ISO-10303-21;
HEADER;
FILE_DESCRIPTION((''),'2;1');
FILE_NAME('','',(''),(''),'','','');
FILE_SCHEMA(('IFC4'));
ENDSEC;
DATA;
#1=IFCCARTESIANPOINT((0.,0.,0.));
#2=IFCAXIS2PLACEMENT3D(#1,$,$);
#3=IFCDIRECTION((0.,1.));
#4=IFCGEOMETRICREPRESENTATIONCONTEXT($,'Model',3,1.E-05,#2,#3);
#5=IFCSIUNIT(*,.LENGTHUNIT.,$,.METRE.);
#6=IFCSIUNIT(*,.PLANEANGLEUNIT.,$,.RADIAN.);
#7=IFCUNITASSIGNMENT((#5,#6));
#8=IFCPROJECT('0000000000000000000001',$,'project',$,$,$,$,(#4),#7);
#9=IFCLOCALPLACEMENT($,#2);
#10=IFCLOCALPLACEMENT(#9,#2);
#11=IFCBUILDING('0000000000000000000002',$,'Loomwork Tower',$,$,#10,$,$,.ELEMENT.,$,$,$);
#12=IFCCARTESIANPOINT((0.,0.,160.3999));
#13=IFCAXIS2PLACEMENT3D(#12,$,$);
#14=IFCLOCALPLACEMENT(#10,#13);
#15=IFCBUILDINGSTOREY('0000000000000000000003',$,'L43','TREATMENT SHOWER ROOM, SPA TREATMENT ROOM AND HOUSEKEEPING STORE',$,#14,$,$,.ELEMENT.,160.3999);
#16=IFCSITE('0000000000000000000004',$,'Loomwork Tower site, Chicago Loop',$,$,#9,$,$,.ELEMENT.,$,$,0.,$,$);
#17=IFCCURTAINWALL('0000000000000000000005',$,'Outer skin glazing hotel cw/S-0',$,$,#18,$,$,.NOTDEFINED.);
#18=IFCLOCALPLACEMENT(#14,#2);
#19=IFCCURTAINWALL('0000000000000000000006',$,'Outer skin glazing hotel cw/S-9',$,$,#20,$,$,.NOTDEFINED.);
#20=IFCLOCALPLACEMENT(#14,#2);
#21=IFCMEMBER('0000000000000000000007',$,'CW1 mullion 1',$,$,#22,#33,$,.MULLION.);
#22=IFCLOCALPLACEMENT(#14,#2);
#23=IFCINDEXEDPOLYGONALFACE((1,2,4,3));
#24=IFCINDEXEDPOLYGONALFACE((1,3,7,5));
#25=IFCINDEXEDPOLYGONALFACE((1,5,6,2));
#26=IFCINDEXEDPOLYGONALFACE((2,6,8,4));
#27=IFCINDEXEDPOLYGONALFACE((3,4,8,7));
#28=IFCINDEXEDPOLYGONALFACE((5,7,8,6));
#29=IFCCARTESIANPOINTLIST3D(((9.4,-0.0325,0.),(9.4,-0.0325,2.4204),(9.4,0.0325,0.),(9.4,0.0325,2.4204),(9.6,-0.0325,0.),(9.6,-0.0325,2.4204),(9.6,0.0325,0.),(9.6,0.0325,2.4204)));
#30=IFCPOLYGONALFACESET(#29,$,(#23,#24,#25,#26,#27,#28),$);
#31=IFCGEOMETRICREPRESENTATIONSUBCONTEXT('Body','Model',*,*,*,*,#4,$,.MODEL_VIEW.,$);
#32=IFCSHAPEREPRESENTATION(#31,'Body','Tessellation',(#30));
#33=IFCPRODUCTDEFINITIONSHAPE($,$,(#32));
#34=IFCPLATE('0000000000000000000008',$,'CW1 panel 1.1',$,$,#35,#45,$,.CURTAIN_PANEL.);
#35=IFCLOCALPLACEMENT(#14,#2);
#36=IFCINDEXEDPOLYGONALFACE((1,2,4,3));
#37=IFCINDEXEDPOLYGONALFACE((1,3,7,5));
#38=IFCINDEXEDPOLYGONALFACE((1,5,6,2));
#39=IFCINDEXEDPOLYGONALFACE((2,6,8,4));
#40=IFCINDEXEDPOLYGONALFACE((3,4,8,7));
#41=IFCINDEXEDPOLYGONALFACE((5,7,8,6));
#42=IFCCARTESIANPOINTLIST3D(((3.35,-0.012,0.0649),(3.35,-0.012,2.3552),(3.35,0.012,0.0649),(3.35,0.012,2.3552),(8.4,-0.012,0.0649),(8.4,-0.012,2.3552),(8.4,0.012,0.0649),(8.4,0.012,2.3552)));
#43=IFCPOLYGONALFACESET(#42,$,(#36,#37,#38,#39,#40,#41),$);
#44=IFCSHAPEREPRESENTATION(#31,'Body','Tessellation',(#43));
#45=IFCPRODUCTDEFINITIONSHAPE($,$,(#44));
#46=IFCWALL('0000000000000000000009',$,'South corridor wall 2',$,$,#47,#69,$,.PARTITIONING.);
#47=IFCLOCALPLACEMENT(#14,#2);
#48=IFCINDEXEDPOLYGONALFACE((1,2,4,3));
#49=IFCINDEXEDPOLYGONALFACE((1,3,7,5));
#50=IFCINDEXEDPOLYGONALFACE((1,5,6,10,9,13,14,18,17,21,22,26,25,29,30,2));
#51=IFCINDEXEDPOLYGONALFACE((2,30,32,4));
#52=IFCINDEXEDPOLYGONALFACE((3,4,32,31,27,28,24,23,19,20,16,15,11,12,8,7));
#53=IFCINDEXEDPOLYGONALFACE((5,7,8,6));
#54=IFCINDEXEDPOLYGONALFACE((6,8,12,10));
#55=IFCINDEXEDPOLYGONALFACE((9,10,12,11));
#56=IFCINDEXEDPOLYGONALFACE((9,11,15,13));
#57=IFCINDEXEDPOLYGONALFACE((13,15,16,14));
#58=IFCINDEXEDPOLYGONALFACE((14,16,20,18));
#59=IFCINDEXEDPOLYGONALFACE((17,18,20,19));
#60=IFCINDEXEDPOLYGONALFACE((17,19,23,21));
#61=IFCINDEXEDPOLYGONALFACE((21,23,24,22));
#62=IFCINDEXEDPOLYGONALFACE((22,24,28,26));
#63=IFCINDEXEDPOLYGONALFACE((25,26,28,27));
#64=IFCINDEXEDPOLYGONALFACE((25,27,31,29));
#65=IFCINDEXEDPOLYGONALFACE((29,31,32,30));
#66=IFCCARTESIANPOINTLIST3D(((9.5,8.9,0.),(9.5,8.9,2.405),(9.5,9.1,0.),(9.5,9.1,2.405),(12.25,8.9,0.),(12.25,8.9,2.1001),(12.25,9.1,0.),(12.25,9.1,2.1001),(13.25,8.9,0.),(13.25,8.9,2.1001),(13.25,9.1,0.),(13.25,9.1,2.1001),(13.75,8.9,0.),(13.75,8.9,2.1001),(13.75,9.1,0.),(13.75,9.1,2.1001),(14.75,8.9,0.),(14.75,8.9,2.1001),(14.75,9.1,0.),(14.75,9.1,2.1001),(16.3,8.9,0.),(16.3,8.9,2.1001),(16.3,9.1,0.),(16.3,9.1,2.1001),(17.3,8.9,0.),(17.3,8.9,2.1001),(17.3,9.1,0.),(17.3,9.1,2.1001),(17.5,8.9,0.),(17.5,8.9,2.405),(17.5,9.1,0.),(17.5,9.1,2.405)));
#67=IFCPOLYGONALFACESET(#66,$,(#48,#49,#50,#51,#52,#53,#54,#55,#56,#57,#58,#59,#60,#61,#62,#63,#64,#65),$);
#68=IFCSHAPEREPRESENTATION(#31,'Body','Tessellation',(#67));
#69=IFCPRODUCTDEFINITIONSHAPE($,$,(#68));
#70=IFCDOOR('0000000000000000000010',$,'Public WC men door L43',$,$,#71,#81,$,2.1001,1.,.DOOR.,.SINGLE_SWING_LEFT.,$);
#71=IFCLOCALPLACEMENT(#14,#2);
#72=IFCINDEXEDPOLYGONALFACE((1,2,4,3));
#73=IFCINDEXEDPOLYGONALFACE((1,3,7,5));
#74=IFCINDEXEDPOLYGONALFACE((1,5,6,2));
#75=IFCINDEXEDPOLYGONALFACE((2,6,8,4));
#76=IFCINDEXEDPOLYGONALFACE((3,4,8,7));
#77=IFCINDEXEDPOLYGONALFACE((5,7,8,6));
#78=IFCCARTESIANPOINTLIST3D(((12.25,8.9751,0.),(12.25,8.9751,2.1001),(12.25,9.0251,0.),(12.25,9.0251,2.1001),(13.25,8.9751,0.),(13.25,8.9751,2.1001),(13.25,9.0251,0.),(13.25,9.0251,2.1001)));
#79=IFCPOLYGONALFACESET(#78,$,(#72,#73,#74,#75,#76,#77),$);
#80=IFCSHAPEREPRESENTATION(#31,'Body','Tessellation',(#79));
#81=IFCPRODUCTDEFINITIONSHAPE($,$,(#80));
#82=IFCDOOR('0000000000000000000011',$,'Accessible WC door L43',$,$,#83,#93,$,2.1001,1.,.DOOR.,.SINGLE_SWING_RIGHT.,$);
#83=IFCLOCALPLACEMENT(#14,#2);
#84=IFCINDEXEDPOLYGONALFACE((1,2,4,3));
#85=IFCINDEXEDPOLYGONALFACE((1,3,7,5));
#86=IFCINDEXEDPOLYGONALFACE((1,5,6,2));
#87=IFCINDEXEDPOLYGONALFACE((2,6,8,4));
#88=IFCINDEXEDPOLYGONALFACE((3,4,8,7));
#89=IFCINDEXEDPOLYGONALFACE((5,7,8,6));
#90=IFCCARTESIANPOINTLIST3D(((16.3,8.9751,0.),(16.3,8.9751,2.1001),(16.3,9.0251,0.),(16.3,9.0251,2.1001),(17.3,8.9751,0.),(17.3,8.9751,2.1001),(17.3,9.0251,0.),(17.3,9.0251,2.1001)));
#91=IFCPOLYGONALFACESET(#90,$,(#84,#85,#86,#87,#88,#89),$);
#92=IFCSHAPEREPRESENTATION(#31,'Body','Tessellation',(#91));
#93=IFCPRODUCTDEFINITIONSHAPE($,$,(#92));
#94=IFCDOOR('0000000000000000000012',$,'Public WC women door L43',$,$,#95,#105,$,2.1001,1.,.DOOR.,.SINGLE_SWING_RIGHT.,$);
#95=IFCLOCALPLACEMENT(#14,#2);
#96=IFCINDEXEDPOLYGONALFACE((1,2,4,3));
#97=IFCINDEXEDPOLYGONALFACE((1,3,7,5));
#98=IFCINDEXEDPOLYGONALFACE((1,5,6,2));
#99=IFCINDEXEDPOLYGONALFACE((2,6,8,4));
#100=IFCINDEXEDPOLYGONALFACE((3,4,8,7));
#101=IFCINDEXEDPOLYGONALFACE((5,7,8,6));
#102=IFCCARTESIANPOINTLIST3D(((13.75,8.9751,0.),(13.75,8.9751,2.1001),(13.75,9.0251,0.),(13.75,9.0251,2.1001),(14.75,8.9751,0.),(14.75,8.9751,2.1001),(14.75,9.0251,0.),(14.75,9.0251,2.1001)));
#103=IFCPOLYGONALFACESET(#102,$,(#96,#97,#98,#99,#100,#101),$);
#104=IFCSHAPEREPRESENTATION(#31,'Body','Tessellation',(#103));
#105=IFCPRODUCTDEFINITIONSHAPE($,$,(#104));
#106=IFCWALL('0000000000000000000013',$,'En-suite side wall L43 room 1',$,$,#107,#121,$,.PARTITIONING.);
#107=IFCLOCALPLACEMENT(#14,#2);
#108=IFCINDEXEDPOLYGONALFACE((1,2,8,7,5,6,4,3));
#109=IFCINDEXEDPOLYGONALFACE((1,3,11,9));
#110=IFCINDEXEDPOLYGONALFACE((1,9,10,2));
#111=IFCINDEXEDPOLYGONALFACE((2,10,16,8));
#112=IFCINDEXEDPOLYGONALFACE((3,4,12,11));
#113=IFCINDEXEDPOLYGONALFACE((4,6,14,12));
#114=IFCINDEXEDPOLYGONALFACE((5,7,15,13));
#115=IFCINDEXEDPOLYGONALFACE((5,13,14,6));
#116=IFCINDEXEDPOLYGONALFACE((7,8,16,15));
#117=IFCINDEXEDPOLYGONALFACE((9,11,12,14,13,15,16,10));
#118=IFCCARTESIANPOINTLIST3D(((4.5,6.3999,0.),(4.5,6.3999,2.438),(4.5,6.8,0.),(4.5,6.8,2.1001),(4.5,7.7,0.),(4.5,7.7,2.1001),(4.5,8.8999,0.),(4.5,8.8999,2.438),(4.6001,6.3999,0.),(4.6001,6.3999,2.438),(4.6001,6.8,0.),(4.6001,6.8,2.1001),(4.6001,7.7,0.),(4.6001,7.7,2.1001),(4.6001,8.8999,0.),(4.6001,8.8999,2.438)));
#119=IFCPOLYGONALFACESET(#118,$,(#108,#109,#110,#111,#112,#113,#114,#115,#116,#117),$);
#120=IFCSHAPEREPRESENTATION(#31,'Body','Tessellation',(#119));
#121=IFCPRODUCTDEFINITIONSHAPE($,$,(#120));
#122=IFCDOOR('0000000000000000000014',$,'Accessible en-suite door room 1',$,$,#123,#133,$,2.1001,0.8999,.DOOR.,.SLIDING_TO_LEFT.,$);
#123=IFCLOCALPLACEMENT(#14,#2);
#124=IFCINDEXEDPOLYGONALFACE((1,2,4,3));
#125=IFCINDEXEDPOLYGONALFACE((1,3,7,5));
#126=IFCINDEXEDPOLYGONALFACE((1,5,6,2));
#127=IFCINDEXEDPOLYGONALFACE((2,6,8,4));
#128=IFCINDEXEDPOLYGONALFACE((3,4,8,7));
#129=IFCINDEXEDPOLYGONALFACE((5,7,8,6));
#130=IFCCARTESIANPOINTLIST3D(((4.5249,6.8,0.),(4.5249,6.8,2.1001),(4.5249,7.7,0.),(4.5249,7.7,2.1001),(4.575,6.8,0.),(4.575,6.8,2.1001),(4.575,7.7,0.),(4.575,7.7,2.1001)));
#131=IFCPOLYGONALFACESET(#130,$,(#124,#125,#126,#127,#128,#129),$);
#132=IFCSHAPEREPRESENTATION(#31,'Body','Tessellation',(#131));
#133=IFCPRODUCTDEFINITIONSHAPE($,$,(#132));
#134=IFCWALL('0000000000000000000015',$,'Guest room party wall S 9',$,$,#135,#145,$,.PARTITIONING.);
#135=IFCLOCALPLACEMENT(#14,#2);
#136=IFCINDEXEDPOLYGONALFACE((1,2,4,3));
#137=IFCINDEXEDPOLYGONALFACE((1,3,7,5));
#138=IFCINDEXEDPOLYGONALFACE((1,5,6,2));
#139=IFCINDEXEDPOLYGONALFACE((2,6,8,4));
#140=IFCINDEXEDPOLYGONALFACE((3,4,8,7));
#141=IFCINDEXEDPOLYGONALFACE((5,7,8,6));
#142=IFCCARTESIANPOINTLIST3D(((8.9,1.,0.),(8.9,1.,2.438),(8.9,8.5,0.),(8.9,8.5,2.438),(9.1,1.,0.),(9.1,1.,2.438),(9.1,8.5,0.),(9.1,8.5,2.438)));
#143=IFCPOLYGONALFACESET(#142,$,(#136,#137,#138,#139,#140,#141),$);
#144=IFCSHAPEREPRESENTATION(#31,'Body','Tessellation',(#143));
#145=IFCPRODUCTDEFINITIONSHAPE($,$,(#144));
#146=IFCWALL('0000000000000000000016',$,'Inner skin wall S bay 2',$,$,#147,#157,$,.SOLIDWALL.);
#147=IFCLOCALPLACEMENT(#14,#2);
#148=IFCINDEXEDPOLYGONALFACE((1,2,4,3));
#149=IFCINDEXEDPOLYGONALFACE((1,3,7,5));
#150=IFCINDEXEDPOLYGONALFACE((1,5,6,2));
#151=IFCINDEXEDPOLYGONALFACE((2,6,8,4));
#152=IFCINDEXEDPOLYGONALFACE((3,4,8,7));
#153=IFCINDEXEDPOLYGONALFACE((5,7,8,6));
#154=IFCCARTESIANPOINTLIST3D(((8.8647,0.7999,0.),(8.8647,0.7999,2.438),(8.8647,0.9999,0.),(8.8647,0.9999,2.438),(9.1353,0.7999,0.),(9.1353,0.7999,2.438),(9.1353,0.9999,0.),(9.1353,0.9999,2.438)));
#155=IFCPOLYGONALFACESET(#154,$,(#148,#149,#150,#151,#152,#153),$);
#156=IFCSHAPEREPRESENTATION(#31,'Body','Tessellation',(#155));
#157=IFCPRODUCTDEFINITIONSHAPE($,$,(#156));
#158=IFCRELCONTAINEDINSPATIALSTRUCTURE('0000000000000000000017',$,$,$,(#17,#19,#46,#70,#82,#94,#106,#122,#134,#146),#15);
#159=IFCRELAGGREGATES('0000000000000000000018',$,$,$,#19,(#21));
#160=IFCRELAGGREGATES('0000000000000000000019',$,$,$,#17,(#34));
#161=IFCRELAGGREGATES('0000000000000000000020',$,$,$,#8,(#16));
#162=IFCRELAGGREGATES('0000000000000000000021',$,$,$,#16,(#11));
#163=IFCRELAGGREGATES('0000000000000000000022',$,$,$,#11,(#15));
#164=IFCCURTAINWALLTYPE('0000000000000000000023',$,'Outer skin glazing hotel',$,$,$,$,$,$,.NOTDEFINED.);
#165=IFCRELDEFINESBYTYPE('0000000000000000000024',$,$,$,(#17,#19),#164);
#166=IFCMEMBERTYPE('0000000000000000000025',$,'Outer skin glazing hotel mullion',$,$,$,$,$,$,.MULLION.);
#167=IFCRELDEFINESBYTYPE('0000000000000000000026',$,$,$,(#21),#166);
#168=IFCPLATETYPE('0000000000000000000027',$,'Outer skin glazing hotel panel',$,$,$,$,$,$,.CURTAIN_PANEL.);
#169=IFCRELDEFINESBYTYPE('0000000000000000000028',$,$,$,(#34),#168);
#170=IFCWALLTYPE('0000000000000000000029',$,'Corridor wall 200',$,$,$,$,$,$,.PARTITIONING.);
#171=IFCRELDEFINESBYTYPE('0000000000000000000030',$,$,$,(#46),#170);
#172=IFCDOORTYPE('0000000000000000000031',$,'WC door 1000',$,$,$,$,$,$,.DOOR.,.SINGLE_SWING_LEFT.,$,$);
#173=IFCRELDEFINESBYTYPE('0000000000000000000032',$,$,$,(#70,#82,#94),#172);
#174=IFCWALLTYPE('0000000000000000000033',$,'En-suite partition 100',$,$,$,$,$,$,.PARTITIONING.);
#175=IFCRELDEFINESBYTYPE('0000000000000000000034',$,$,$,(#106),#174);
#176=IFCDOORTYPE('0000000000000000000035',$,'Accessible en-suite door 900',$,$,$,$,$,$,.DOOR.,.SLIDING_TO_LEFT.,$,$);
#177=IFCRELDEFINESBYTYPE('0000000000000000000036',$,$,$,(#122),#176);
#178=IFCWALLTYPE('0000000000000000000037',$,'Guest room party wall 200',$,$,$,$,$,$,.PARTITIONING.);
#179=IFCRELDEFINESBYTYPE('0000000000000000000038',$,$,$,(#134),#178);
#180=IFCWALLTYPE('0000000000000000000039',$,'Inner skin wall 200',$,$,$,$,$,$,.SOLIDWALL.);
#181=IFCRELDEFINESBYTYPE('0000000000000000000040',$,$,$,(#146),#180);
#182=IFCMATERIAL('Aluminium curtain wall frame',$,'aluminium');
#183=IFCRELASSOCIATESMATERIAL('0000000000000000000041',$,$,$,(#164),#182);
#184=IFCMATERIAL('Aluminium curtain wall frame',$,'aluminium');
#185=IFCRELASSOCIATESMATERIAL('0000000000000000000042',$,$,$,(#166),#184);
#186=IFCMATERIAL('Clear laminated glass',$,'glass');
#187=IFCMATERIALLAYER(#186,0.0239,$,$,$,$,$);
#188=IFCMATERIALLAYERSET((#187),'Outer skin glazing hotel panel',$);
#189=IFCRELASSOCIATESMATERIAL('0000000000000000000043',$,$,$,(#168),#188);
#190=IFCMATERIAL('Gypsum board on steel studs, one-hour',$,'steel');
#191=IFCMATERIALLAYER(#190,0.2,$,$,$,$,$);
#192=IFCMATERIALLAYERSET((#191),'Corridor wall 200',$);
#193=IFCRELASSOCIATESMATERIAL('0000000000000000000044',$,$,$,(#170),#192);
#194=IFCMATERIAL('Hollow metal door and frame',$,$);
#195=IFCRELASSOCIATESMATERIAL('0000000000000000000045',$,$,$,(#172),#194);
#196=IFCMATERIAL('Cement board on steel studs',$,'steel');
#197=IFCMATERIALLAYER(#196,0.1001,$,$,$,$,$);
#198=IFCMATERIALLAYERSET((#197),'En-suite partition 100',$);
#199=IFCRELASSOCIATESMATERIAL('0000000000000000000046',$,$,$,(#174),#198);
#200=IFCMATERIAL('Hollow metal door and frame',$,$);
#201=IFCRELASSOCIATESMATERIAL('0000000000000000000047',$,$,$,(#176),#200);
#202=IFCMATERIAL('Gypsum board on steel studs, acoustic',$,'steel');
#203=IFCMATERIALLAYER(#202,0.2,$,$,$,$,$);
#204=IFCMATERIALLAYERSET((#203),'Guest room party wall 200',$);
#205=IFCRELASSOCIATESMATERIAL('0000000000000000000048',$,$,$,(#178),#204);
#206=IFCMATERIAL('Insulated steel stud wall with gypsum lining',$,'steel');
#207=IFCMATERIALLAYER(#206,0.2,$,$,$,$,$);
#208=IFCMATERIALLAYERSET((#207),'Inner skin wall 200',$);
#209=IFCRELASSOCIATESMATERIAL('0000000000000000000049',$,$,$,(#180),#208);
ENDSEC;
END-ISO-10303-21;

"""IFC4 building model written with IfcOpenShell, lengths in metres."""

from ifc_helpers import new_model, si_unit, direction, frame, frame_2d, origin, origin_2d, place, context, subcontext, project, spatial, rectangle, extrude, material, layer, layer_set, material_profile, profile_set, type_object, element, fill, aggregate, save


model = new_model("IFC4")

# Units and contexts
model_context = context("Model", 3, precision=1e-05, world=origin(), true_north=direction((0.0, 1.0)))
body_context = subcontext(model_context, "Body", "Model", "MODEL_VIEW")
ifc_project = project(units=[si_unit("LENGTHUNIT", "METRE"), si_unit("PLANEANGLEUNIT", "RADIAN")], contexts=[model_context])

# Site, building, storey
site_placement = place(None, origin())
site = spatial("IfcSite", under=ifc_project, at=site_placement, Name="Loomwork Tower site, Chicago Loop", CompositionType="ELEMENT", RefElevation=0.0)
building_placement = place(site_placement, origin())
building = spatial("IfcBuilding", under=site, at=building_placement, Name="Loomwork Tower", CompositionType="ELEMENT")
storey_placement = place(building_placement, frame((0.0, 0.0, 160.3999)))
storey = spatial("IfcBuildingStorey", under=building, at=storey_placement, Name="L43", Description="TREATMENT SHOWER ROOM, SPA TREATMENT ROOM AND HOUSEKEEPING STORE", CompositionType="ELEMENT", Elevation=160.3999)

# Curtain walls, member
ifc_material_1 = material(Name="Aluminium curtain wall frame", Category="aluminium")
curtain_wall_type = type_object("IfcCurtainWallType", Name="Outer skin glazing hotel", PredefinedType="NOTDEFINED", material=ifc_material_1)
curtain_wall_1_placement = place(storey_placement, origin())
curtain_wall_1 = element("IfcCurtainWall", 1, at=curtain_wall_1_placement, inside=storey, type_object=curtain_wall_type, Name="Outer skin glazing hotel cw/S-0", PredefinedType="NOTDEFINED")
ifc_material_2 = material(Name="Aluminium curtain wall frame", Category="aluminium")
ifc_material_profile_1 = material_profile(ifc_material_2, rectangle(XDim=0.0649, YDim=0.2, at=origin_2d()), Name="AL 65x200")
ifc_profile_set_1 = profile_set([ifc_material_profile_1], Name="Aluminium curtain wall frame")
member_type = type_object("IfcMemberType", Name="Outer skin glazing hotel mullion", PredefinedType="MULLION", material=ifc_profile_set_1)
curtain_wall_2_placement = place(storey_placement, origin())
curtain_wall_2 = element("IfcCurtainWall", 2, at=curtain_wall_2_placement, inside=storey, type_object=curtain_wall_type, Name="Outer skin glazing hotel cw/S-9", PredefinedType="NOTDEFINED")
member_1_placement = place(storey_placement, frame((9.5, 0.0, 0.0), z_axis=(0.0, 0.0, 1.0), x_axis=(0.0, 1.0, 0.0)))
member_1 = element("IfcMember", 3, at=member_1_placement, type_object=member_type, Name="CW1 mullion 1", PredefinedType="MULLION", context=body_context, shape_type="SweptSolid", body=[
    extrude(rectangle(XDim=0.0649, YDim=0.2, at=origin_2d()), origin(), (0.0, 0.0, 1.0), 2.4204),
])
aggregate(curtain_wall_2, [member_1])

# Plate
ifc_material_3 = material(Name="Clear laminated glass", Category="glass")
ifc_layer_1 = layer(ifc_material_3, 0.0239)
ifc_layer_set_1 = layer_set([ifc_layer_1], Name="Outer skin glazing hotel panel")
plate_type = type_object("IfcPlateType", Name="Outer skin glazing hotel panel", PredefinedType="CURTAIN_PANEL", material=ifc_layer_set_1)
plate_placement = place(storey_placement, frame((5.875, 0.0, 0.0649), z_axis=(0.0, 0.0, 1.0), x_axis=(1.0, 0.0, 0.0)))
plate = element("IfcPlate", 4, at=plate_placement, type_object=plate_type, Name="CW1 panel 1.1", PredefinedType="CURTAIN_PANEL", context=body_context, shape_type="SweptSolid", body=[
    extrude(rectangle(XDim=5.05, YDim=0.0239, at=origin_2d()), origin(), (0.0, 0.0, 1.0), 2.2903),
])
aggregate(curtain_wall_1, [plate])

# Wall, openings, doors
ifc_material_4 = material(Name="Gypsum board on steel studs, one-hour", Category="steel")
ifc_layer_2 = layer(ifc_material_4, 0.2)
ifc_layer_set_2 = layer_set([ifc_layer_2], Name="Corridor wall 200")
wall_type_1 = type_object("IfcWallType", Name="Corridor wall 200", PredefinedType="PARTITIONING", material=ifc_layer_set_2)
wall_1_placement = place(storey_placement, frame((9.5, 9.0, 0.0), z_axis=(0.0, 0.0, 1.0), x_axis=(1.0, 0.0, 0.0)))
wall_1 = element("IfcWall", 5, at=wall_1_placement, inside=storey, type_object=wall_type_1, Name="South corridor wall 2", PredefinedType="PARTITIONING", context=body_context, shape_type="SweptSolid", body=[
    extrude(rectangle(XDim=8.0, YDim=0.2, at=frame_2d((4.0, 0.0))), origin(), (0.0, 0.0, 1.0), 2.405),
])
opening_1_placement = place(wall_1_placement, frame((2.75, 0.0, 0.0)))
opening_1 = element("IfcOpeningElement", 6, at=opening_1_placement, cuts=wall_1, PredefinedType="OPENING", context=body_context, shape_type="SweptSolid", body=[
    extrude(rectangle(XDim=1.0, YDim=2.1001, at=frame_2d((0.5, 1.05))), frame((0.0, 0.1099, 0.0), z_axis=(0.0, -1.0, 0.0), x_axis=(1.0, 0.0, 0.0)), (0.0, 0.0, 1.0), 0.22),
])
opening_2_placement = place(wall_1_placement, frame((6.8, 0.0, 0.0)))
opening_2 = element("IfcOpeningElement", 7, at=opening_2_placement, cuts=wall_1, PredefinedType="OPENING", context=body_context, shape_type="SweptSolid", body=[
    extrude(rectangle(XDim=1.0, YDim=2.1001, at=frame_2d((0.5, 1.05))), frame((0.0, 0.1099, 0.0), z_axis=(0.0, -1.0, 0.0), x_axis=(1.0, 0.0, 0.0)), (0.0, 0.0, 1.0), 0.22),
])
opening_3_placement = place(wall_1_placement, frame((4.25, 0.0, 0.0)))
opening_3 = element("IfcOpeningElement", 8, at=opening_3_placement, cuts=wall_1, PredefinedType="OPENING", context=body_context, shape_type="SweptSolid", body=[
    extrude(rectangle(XDim=1.0, YDim=2.1001, at=frame_2d((0.5, 1.05))), frame((0.0, 0.1099, 0.0), z_axis=(0.0, -1.0, 0.0), x_axis=(1.0, 0.0, 0.0)), (0.0, 0.0, 1.0), 0.22),
])
ifc_material_5 = material(Name="Hollow metal door and frame")
door_type_1 = type_object("IfcDoorType", Name="WC door 1000", OperationType="SINGLE_SWING_LEFT", PredefinedType="DOOR", material=ifc_material_5)
door_1_placement = place(opening_1_placement, frame((1.0, 0.0, 0.0), z_axis=(0.0, 0.0, 1.0), x_axis=(-1.0, 0.0, 0.0)))
door_1 = element("IfcDoor", 9, at=door_1_placement, inside=storey, type_object=door_type_1, Name="Public WC men door L43", OperationType="SINGLE_SWING_LEFT", OverallHeight=2.1001, OverallWidth=1.0, PredefinedType="DOOR", context=body_context, shape_type="SweptSolid", body=[
    extrude(rectangle(XDim=1.0, YDim=2.1001, at=frame_2d((0.5, 1.05))), frame((0.0, 0.0249, 0.0), z_axis=(0.0, -1.0, 0.0), x_axis=(1.0, 0.0, 0.0)), (0.0, 0.0, 1.0), 0.05),
])
fill(opening_1, door_1)
door_2_placement = place(opening_2_placement, frame((1.0, 0.0, 0.0), z_axis=(0.0, 0.0, 1.0), x_axis=(-1.0, 0.0, 0.0)))
door_2 = element("IfcDoor", 10, at=door_2_placement, inside=storey, type_object=door_type_1, Name="Accessible WC door L43", OperationType="SINGLE_SWING_RIGHT", OverallHeight=2.1001, OverallWidth=1.0, PredefinedType="DOOR", context=body_context, shape_type="SweptSolid", body=[
    extrude(rectangle(XDim=1.0, YDim=2.1001, at=frame_2d((0.5, 1.05))), frame((0.0, 0.0249, 0.0), z_axis=(0.0, -1.0, 0.0), x_axis=(1.0, 0.0, 0.0)), (0.0, 0.0, 1.0), 0.05),
])
fill(opening_2, door_2)
door_3_placement = place(opening_3_placement, frame((1.0, 0.0, 0.0), z_axis=(0.0, 0.0, 1.0), x_axis=(-1.0, 0.0, 0.0)))
door_3 = element("IfcDoor", 11, at=door_3_placement, inside=storey, type_object=door_type_1, Name="Public WC women door L43", OperationType="SINGLE_SWING_RIGHT", OverallHeight=2.1001, OverallWidth=1.0, PredefinedType="DOOR", context=body_context, shape_type="SweptSolid", body=[
    extrude(rectangle(XDim=1.0, YDim=2.1001, at=frame_2d((0.5, 1.05))), frame((0.0, 0.0249, 0.0), z_axis=(0.0, -1.0, 0.0), x_axis=(1.0, 0.0, 0.0)), (0.0, 0.0, 1.0), 0.05),
])
fill(opening_3, door_3)

# Wall, opening, door
ifc_material_6 = material(Name="Cement board on steel studs", Category="steel")
ifc_layer_3 = layer(ifc_material_6, 0.1001)
ifc_layer_set_3 = layer_set([ifc_layer_3], Name="En-suite partition 100")
wall_type_2 = type_object("IfcWallType", Name="En-suite partition 100", PredefinedType="PARTITIONING", material=ifc_layer_set_3)
wall_2_placement = place(storey_placement, frame((4.55, 8.8999, 0.0), z_axis=(0.0, 0.0, 1.0), x_axis=(0.0, -1.0, 0.0)))
wall_2 = element("IfcWall", 12, at=wall_2_placement, inside=storey, type_object=wall_type_2, Name="En-suite side wall L43 room 1", PredefinedType="PARTITIONING", context=body_context, shape_type="SweptSolid", body=[
    extrude(rectangle(XDim=2.5, YDim=0.1001, at=frame_2d((1.25, 0.0))), origin(), (0.0, 0.0, 1.0), 2.438),
])
opening_4_placement = place(wall_2_placement, frame((1.2, 0.0, 0.0)))
opening_4 = element("IfcOpeningElement", 13, at=opening_4_placement, cuts=wall_2, PredefinedType="OPENING", context=body_context, shape_type="SweptSolid", body=[
    extrude(rectangle(XDim=0.8999, YDim=2.1001, at=frame_2d((0.45, 1.05))), frame((0.0, 0.0601, 0.0), z_axis=(0.0, -1.0, 0.0), x_axis=(1.0, 0.0, 0.0)), (0.0, 0.0, 1.0), 0.1201),
])
ifc_material_7 = material(Name="Hollow metal door and frame")
door_type_2 = type_object("IfcDoorType", Name="Accessible en-suite door 900", OperationType="SLIDING_TO_LEFT", PredefinedType="DOOR", material=ifc_material_7)
door_4_placement = place(opening_4_placement, origin())
door_4 = element("IfcDoor", 14, at=door_4_placement, inside=storey, type_object=door_type_2, Name="Accessible en-suite door room 1", OperationType="SLIDING_TO_LEFT", OverallHeight=2.1001, OverallWidth=0.8999, PredefinedType="DOOR", context=body_context, shape_type="SweptSolid", body=[
    extrude(rectangle(XDim=0.8999, YDim=2.1001, at=frame_2d((0.45, 1.05))), frame((0.0, 0.0249, 0.0), z_axis=(0.0, -1.0, 0.0), x_axis=(1.0, 0.0, 0.0)), (0.0, 0.0, 1.0), 0.05),
])
fill(opening_4, door_4)

# Walls
ifc_material_8 = material(Name="Gypsum board on steel studs, acoustic", Category="steel")
ifc_layer_4 = layer(ifc_material_8, 0.2)
ifc_layer_set_4 = layer_set([ifc_layer_4], Name="Guest room party wall 200")
wall_type_3 = type_object("IfcWallType", Name="Guest room party wall 200", PredefinedType="PARTITIONING", material=ifc_layer_set_4)
wall_3_placement = place(storey_placement, frame((9.0, 8.5, 0.0), z_axis=(0.0, 0.0, 1.0), x_axis=(0.0, -1.0, 0.0)))
element("IfcWall", 15, at=wall_3_placement, inside=storey, type_object=wall_type_3, Name="Guest room party wall S 9", PredefinedType="PARTITIONING", context=body_context, shape_type="SweptSolid", body=[
    extrude(rectangle(XDim=7.5, YDim=0.2, at=frame_2d((3.75, 0.0))), origin(), (0.0, 0.0, 1.0), 2.438),
])
ifc_material_9 = material(Name="Insulated steel stud wall with gypsum lining", Category="steel")
ifc_layer_5 = layer(ifc_material_9, 0.2)
ifc_layer_set_5 = layer_set([ifc_layer_5], Name="Inner skin wall 200")
wall_type_4 = type_object("IfcWallType", Name="Inner skin wall 200", PredefinedType="SOLIDWALL", material=ifc_layer_set_5)
wall_4_placement = place(storey_placement, frame((8.8647, 0.8999, 0.0), z_axis=(0.0, 0.0, 1.0), x_axis=(1.0, 0.0, 0.0)))
element("IfcWall", 16, at=wall_4_placement, inside=storey, type_object=wall_type_4, Name="Inner skin wall S bay 2", PredefinedType="SOLIDWALL", context=body_context, shape_type="SweptSolid", body=[
    extrude(rectangle(XDim=0.2705, YDim=0.2, at=frame_2d((0.1353, 0.0))), origin(), (0.0, 0.0, 1.0), 2.438),
])

save(model, "model.ifc")
